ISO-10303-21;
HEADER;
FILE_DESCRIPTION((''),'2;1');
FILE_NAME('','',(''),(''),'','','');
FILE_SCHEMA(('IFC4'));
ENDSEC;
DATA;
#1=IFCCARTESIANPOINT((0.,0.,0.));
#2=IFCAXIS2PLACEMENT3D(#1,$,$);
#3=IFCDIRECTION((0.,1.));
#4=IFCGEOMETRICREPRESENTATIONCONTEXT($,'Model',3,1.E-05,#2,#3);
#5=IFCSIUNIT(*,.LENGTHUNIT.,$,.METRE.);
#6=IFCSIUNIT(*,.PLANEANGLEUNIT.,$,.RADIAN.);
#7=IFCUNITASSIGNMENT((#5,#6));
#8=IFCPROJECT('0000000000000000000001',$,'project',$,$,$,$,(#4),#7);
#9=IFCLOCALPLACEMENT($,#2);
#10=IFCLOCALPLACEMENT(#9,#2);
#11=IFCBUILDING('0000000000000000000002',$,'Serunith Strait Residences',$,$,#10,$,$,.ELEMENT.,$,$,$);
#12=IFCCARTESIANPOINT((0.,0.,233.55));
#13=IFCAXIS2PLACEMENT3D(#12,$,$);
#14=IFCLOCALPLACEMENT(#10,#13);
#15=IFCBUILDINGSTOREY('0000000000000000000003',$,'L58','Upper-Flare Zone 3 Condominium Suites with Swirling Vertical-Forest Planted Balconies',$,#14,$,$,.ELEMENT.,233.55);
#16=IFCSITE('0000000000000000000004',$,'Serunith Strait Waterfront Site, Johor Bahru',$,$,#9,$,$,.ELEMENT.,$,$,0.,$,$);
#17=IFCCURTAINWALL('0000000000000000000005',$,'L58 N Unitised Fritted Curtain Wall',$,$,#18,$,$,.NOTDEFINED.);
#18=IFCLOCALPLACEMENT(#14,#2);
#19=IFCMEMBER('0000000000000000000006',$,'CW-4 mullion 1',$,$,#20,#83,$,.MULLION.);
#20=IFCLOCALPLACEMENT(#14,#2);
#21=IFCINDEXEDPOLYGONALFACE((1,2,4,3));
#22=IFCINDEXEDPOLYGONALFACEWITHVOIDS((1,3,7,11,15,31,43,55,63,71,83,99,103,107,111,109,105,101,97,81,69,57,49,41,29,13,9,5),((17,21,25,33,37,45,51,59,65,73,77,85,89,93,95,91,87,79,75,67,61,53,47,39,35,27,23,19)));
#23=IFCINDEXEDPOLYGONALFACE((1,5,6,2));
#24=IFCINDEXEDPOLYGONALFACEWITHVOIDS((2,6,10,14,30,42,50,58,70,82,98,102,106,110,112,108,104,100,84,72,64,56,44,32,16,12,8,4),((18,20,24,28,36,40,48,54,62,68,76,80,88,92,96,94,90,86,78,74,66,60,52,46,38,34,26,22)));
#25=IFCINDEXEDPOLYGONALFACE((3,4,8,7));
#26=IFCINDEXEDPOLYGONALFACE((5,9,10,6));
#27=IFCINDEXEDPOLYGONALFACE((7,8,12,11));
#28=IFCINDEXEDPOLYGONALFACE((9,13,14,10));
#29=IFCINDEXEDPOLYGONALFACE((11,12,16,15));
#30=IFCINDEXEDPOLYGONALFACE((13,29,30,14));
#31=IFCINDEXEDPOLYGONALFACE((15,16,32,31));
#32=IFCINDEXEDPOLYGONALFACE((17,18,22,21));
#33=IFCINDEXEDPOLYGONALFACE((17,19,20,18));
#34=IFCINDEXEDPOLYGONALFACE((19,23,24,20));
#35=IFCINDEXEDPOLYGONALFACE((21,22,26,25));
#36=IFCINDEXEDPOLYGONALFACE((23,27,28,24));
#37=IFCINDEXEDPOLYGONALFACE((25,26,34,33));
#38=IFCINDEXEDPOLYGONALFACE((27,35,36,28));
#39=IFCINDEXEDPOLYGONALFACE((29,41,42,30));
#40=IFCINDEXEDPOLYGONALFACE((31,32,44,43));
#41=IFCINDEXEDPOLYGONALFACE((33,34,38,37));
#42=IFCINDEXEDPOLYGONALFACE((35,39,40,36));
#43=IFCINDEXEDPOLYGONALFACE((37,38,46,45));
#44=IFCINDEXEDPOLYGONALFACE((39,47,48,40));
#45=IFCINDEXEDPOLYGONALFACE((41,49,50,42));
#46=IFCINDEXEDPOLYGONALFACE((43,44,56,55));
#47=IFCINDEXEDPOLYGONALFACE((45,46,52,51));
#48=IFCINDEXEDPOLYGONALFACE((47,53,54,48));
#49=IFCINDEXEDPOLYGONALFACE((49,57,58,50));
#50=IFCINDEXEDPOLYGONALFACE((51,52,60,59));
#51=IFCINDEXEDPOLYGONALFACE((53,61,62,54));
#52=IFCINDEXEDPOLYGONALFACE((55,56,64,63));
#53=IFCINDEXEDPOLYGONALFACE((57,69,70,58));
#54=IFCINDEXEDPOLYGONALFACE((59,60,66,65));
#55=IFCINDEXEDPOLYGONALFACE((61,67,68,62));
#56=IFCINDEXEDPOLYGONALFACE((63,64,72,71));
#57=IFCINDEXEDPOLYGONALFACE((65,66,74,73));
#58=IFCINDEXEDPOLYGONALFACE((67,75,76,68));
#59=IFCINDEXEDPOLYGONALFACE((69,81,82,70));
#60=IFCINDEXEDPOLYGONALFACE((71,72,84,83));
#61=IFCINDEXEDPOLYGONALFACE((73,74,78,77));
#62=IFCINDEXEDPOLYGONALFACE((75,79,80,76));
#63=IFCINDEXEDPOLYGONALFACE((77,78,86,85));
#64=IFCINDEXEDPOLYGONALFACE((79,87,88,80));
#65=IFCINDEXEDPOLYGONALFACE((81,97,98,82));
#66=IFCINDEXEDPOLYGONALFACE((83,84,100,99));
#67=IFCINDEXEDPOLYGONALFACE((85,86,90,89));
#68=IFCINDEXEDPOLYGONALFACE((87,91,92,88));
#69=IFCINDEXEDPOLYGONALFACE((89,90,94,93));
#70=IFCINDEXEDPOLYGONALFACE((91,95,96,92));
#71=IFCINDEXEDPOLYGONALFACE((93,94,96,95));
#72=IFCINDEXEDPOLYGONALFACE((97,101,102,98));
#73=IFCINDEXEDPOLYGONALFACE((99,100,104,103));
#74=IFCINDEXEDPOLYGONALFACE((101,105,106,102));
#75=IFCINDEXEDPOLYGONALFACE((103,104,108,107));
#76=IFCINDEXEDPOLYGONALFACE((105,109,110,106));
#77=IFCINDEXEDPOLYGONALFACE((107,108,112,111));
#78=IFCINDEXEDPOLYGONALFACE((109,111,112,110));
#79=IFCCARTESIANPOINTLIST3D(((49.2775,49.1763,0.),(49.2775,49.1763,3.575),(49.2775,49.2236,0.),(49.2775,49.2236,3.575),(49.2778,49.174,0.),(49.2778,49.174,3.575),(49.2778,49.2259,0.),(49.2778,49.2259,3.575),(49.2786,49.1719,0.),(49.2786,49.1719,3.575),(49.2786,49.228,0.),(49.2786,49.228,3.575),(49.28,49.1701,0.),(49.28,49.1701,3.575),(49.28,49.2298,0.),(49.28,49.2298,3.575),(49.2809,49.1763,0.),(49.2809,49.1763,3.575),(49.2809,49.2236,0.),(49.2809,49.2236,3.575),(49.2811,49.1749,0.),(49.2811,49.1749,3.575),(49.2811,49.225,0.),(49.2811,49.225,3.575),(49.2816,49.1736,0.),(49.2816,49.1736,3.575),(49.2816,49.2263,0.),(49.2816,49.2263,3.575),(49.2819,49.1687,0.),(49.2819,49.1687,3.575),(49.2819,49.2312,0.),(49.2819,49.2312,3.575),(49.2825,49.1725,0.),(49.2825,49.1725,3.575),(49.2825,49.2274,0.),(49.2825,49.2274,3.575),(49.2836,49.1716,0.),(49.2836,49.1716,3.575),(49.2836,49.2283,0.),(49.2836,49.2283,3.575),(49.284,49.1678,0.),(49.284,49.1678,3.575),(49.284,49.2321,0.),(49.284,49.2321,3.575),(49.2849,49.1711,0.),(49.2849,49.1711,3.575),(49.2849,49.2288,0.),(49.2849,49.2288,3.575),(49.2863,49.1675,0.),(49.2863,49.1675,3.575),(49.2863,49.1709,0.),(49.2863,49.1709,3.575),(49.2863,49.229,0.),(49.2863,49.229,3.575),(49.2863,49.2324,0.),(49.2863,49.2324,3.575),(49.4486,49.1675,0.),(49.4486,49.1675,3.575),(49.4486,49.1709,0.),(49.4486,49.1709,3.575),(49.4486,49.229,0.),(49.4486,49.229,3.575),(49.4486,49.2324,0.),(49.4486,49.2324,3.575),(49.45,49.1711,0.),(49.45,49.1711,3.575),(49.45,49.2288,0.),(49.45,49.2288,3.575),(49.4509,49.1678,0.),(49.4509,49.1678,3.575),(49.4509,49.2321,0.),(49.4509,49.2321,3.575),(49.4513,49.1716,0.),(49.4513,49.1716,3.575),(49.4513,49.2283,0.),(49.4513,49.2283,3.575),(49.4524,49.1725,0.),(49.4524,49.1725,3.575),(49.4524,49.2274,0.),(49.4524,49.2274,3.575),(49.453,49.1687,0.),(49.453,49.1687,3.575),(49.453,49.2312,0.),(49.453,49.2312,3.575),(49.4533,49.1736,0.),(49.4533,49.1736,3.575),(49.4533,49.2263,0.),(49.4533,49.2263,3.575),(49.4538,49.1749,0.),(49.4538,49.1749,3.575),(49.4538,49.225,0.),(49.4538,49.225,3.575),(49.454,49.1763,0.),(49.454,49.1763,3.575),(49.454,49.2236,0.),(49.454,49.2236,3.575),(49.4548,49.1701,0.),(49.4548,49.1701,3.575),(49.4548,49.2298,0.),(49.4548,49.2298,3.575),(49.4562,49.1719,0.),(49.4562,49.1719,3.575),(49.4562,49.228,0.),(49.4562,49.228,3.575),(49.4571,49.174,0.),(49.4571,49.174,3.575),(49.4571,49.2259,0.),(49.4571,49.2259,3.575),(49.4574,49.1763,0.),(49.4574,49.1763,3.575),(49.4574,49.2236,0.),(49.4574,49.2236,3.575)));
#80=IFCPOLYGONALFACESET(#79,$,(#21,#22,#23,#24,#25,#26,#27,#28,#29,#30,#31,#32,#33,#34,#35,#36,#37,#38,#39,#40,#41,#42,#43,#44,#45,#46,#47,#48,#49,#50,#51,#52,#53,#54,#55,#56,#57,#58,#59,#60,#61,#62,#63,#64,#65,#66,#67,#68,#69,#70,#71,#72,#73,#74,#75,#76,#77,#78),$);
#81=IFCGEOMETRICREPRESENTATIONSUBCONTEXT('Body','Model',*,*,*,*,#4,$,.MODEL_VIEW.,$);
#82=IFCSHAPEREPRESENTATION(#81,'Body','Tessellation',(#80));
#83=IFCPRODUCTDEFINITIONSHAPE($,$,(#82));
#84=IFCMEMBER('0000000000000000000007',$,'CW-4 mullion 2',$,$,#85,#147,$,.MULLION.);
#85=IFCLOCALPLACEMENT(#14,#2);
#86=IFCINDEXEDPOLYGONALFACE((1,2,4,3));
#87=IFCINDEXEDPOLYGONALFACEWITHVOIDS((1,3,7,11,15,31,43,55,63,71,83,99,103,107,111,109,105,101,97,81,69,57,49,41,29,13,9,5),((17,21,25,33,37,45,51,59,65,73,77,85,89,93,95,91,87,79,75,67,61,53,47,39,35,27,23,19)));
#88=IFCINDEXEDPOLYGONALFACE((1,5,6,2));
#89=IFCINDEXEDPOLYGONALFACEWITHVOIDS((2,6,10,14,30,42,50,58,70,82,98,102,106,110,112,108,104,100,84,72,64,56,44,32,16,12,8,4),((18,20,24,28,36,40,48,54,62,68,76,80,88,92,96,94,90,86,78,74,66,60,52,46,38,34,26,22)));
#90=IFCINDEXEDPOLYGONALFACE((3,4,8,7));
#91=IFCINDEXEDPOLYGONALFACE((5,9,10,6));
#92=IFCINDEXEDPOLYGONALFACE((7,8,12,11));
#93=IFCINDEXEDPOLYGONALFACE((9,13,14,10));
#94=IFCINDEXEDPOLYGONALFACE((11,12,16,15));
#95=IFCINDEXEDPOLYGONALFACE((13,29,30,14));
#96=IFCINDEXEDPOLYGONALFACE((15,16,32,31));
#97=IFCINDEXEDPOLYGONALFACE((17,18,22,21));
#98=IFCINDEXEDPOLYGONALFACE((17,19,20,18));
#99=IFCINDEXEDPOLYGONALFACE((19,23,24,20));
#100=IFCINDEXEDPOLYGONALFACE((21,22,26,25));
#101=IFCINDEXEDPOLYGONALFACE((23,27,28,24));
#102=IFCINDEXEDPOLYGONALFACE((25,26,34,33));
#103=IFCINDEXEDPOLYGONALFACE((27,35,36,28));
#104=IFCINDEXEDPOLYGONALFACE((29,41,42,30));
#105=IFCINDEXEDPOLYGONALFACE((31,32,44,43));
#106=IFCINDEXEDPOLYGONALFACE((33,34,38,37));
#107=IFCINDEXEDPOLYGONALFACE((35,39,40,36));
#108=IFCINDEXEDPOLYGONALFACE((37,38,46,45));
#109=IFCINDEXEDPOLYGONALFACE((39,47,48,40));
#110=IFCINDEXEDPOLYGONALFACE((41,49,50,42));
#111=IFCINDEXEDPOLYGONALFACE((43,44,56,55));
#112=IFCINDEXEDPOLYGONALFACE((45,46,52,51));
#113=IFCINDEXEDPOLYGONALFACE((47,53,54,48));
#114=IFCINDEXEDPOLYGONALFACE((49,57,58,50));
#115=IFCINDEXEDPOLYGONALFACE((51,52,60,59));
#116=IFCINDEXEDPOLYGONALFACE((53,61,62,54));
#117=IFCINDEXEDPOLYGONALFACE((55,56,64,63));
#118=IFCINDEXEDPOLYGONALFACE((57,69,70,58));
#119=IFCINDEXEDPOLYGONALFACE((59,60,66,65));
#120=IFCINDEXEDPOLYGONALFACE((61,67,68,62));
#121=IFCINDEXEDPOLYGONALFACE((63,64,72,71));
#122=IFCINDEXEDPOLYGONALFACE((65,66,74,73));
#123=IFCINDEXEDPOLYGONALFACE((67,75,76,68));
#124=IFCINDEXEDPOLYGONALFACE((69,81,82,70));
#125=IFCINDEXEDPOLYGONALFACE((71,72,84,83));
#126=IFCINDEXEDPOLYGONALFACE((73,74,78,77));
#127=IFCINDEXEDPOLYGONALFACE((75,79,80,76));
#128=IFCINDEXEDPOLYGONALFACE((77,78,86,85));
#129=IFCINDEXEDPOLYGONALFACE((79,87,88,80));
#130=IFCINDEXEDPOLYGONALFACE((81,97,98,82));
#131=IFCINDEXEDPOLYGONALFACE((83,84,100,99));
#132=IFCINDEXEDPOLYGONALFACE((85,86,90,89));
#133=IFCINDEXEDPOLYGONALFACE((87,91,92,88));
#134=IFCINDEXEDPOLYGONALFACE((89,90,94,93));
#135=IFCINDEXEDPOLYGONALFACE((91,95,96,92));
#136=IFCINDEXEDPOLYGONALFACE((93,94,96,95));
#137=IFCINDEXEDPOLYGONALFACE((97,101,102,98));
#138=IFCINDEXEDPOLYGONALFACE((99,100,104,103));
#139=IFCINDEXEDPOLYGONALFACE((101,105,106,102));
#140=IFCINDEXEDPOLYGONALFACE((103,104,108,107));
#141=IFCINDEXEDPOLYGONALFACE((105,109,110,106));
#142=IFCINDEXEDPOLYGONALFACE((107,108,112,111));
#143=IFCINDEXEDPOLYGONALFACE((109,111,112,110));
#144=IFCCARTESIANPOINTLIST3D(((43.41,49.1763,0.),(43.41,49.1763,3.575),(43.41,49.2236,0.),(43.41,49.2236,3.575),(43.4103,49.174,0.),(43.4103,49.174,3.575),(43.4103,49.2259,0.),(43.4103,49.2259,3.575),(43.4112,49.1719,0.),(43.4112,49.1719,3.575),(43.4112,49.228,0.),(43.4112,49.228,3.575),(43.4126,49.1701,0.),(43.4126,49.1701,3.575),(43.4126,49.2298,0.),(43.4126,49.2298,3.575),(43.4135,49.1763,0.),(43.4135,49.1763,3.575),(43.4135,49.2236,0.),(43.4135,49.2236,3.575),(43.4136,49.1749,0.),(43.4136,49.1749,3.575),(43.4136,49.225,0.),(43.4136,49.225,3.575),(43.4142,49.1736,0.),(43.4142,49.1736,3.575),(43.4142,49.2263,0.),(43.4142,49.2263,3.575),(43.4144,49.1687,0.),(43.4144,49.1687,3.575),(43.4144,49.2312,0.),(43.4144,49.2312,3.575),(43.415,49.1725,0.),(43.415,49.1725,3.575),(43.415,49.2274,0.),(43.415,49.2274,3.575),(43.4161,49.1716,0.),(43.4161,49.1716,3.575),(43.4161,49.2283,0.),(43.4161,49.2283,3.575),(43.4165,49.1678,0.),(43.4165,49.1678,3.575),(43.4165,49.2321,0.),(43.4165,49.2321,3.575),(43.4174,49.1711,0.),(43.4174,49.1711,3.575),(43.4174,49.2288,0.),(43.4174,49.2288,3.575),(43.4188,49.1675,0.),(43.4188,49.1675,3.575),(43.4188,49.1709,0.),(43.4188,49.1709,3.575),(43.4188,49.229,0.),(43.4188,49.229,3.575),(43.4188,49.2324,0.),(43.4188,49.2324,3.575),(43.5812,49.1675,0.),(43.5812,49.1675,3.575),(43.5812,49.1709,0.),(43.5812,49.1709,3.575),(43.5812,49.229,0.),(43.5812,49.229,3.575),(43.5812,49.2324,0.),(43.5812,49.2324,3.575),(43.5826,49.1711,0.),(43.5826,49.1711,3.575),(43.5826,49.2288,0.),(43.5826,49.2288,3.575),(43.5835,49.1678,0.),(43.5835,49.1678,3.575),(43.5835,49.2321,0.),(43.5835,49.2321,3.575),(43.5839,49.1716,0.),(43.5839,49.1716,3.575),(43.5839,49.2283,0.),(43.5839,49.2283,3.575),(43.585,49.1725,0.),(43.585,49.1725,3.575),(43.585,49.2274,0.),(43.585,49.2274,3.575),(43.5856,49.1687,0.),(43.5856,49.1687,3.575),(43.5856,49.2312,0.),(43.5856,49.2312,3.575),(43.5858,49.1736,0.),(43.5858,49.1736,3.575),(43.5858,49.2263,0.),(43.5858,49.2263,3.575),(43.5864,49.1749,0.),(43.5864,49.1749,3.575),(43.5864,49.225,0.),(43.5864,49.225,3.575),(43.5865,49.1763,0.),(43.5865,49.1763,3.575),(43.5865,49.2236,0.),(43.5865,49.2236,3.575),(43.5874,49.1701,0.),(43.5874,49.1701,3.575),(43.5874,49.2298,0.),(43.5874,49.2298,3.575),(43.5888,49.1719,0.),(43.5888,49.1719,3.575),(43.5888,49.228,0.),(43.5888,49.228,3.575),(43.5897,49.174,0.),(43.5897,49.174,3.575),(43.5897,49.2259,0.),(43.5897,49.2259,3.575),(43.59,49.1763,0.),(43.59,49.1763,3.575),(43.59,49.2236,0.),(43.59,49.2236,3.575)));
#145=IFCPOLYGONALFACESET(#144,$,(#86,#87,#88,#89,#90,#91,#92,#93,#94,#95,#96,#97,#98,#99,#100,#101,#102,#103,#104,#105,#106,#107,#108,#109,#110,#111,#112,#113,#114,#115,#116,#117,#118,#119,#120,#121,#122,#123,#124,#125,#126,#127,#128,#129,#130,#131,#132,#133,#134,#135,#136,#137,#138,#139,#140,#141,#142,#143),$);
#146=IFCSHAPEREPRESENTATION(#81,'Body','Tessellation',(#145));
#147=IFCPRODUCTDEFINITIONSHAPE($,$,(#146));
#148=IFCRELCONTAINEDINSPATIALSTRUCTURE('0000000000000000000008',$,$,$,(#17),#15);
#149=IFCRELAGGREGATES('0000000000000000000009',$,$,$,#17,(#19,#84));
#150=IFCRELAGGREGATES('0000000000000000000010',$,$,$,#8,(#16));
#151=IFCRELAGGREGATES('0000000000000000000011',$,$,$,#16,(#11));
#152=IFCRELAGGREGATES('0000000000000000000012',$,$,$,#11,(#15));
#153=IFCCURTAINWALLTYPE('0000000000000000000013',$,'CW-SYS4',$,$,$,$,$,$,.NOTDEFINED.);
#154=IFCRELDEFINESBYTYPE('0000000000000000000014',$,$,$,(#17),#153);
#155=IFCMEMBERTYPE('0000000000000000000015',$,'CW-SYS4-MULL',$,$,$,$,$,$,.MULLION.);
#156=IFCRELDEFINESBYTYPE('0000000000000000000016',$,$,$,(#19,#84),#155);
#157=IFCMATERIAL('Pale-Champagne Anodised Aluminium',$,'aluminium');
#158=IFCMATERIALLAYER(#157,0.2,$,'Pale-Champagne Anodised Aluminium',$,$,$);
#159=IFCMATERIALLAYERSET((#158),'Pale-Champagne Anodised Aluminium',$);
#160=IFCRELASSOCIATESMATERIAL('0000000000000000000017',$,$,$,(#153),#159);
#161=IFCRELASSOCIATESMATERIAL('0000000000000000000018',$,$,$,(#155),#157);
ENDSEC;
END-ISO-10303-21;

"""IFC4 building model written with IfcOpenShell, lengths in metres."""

from ifc_helpers import new_model, si_unit, direction, frame, origin, origin_2d, place, context, subcontext, project, spatial, hollow_rectangle, extrude, source, transform, mapped, material, layer, layer_set, material_profile, profile_set, type_object, element, aggregate, save


model = new_model("IFC4")

# Units and contexts
model_context = context("Model", 3, precision=1e-05, world=origin(), true_north=direction((0.0, 1.0)))
body_context = subcontext(model_context, "Body", "Model", "MODEL_VIEW")
ifc_project = project(units=[si_unit("LENGTHUNIT", "METRE"), si_unit("PLANEANGLEUNIT", "RADIAN")], contexts=[model_context])

# Site, building, storey
site_placement = place(None, origin())
site = spatial("IfcSite", under=ifc_project, at=site_placement, Name="Serunith Strait Waterfront Site, Johor Bahru", CompositionType="ELEMENT", RefElevation=0.0)
building_placement = place(site_placement, origin())
building = spatial("IfcBuilding", under=site, at=building_placement, Name="Serunith Strait Residences", CompositionType="ELEMENT")
storey_placement = place(building_placement, frame((0.0, 0.0, 233.55)))
storey = spatial("IfcBuildingStorey", under=building, at=storey_placement, Name="L58", Description="Upper-Flare Zone 3 Condominium Suites with Swirling Vertical-Forest Planted Balconies", CompositionType="ELEMENT", Elevation=233.55)

# Shared definitions
ifc_material_1 = material(Name="Pale-Champagne Anodised Aluminium", Category="aluminium")
ifc_layer_1 = layer(ifc_material_1, 0.2, Name="Pale-Champagne Anodised Aluminium")
ifc_layer_set_1 = layer_set([ifc_layer_1], Name="Pale-Champagne Anodised Aluminium")
curtain_wall_type = type_object("IfcCurtainWallType", Name="CW-SYS4", PredefinedType="NOTDEFINED", material=ifc_layer_set_1)
ifc_material_profile_1 = material_profile(ifc_material_1, hollow_rectangle(XDim=0.0649, YDim=0.1799, WallThickness=0.0034, InnerFilletRadius=0.0054, OuterFilletRadius=0.0088, at=origin_2d()), Name="ALU 180x65x3.5")
ifc_profile_set_1 = profile_set([ifc_material_profile_1], Name="Pale-Champagne Anodised Aluminium")
member_type_1 = type_object("IfcMemberType", Name="CW-SYS4-MULL", PredefinedType="MULLION", material=ifc_profile_set_1)
shared_shape_1 = source(origin(), body_context, "Body", "SweptSolid", [
    extrude(hollow_rectangle(XDim=0.0649, YDim=0.1799, WallThickness=0.0034, InnerFilletRadius=0.0054, OuterFilletRadius=0.0088, at=origin_2d()), origin(), (0.0, 0.0, 1.0), 3.575),
])

# Curtain wall, members
curtain_wall_1_placement = place(storey_placement, origin())
curtain_wall_1 = element("IfcCurtainWall", 1, at=curtain_wall_1_placement, inside=storey, type_object=curtain_wall_type, Name="L58 N Unitised Fritted Curtain Wall", PredefinedType="NOTDEFINED")
member_1_placement = place(storey_placement, frame((49.3674, 49.2, 0.0), z_axis=(0.0, 0.0, 1.0), x_axis=(0.0, -1.0, 0.0)))
member_1 = element("IfcMember", 2, at=member_1_placement, type_object=member_type_1, Name="CW-4 mullion 1", PredefinedType="MULLION", context=body_context, shape_type="MappedRepresentation", body=[
    mapped(shared_shape_1, transform((0.0, 0.0, 0.0), scale=1.0)),
])
member_2_placement = place(storey_placement, frame((43.5, 49.2, 0.0), z_axis=(0.0, 0.0, 1.0), x_axis=(0.0, -1.0, 0.0)))
member_2 = element("IfcMember", 3, at=member_2_placement, type_object=member_type_1, Name="CW-4 mullion 2", PredefinedType="MULLION", context=body_context, shape_type="MappedRepresentation", body=[
    mapped(shared_shape_1, transform((0.0, 0.0, 0.0), scale=1.0)),
])
aggregate(curtain_wall_1, [member_1, member_2])

save(model, "model.ifc")
